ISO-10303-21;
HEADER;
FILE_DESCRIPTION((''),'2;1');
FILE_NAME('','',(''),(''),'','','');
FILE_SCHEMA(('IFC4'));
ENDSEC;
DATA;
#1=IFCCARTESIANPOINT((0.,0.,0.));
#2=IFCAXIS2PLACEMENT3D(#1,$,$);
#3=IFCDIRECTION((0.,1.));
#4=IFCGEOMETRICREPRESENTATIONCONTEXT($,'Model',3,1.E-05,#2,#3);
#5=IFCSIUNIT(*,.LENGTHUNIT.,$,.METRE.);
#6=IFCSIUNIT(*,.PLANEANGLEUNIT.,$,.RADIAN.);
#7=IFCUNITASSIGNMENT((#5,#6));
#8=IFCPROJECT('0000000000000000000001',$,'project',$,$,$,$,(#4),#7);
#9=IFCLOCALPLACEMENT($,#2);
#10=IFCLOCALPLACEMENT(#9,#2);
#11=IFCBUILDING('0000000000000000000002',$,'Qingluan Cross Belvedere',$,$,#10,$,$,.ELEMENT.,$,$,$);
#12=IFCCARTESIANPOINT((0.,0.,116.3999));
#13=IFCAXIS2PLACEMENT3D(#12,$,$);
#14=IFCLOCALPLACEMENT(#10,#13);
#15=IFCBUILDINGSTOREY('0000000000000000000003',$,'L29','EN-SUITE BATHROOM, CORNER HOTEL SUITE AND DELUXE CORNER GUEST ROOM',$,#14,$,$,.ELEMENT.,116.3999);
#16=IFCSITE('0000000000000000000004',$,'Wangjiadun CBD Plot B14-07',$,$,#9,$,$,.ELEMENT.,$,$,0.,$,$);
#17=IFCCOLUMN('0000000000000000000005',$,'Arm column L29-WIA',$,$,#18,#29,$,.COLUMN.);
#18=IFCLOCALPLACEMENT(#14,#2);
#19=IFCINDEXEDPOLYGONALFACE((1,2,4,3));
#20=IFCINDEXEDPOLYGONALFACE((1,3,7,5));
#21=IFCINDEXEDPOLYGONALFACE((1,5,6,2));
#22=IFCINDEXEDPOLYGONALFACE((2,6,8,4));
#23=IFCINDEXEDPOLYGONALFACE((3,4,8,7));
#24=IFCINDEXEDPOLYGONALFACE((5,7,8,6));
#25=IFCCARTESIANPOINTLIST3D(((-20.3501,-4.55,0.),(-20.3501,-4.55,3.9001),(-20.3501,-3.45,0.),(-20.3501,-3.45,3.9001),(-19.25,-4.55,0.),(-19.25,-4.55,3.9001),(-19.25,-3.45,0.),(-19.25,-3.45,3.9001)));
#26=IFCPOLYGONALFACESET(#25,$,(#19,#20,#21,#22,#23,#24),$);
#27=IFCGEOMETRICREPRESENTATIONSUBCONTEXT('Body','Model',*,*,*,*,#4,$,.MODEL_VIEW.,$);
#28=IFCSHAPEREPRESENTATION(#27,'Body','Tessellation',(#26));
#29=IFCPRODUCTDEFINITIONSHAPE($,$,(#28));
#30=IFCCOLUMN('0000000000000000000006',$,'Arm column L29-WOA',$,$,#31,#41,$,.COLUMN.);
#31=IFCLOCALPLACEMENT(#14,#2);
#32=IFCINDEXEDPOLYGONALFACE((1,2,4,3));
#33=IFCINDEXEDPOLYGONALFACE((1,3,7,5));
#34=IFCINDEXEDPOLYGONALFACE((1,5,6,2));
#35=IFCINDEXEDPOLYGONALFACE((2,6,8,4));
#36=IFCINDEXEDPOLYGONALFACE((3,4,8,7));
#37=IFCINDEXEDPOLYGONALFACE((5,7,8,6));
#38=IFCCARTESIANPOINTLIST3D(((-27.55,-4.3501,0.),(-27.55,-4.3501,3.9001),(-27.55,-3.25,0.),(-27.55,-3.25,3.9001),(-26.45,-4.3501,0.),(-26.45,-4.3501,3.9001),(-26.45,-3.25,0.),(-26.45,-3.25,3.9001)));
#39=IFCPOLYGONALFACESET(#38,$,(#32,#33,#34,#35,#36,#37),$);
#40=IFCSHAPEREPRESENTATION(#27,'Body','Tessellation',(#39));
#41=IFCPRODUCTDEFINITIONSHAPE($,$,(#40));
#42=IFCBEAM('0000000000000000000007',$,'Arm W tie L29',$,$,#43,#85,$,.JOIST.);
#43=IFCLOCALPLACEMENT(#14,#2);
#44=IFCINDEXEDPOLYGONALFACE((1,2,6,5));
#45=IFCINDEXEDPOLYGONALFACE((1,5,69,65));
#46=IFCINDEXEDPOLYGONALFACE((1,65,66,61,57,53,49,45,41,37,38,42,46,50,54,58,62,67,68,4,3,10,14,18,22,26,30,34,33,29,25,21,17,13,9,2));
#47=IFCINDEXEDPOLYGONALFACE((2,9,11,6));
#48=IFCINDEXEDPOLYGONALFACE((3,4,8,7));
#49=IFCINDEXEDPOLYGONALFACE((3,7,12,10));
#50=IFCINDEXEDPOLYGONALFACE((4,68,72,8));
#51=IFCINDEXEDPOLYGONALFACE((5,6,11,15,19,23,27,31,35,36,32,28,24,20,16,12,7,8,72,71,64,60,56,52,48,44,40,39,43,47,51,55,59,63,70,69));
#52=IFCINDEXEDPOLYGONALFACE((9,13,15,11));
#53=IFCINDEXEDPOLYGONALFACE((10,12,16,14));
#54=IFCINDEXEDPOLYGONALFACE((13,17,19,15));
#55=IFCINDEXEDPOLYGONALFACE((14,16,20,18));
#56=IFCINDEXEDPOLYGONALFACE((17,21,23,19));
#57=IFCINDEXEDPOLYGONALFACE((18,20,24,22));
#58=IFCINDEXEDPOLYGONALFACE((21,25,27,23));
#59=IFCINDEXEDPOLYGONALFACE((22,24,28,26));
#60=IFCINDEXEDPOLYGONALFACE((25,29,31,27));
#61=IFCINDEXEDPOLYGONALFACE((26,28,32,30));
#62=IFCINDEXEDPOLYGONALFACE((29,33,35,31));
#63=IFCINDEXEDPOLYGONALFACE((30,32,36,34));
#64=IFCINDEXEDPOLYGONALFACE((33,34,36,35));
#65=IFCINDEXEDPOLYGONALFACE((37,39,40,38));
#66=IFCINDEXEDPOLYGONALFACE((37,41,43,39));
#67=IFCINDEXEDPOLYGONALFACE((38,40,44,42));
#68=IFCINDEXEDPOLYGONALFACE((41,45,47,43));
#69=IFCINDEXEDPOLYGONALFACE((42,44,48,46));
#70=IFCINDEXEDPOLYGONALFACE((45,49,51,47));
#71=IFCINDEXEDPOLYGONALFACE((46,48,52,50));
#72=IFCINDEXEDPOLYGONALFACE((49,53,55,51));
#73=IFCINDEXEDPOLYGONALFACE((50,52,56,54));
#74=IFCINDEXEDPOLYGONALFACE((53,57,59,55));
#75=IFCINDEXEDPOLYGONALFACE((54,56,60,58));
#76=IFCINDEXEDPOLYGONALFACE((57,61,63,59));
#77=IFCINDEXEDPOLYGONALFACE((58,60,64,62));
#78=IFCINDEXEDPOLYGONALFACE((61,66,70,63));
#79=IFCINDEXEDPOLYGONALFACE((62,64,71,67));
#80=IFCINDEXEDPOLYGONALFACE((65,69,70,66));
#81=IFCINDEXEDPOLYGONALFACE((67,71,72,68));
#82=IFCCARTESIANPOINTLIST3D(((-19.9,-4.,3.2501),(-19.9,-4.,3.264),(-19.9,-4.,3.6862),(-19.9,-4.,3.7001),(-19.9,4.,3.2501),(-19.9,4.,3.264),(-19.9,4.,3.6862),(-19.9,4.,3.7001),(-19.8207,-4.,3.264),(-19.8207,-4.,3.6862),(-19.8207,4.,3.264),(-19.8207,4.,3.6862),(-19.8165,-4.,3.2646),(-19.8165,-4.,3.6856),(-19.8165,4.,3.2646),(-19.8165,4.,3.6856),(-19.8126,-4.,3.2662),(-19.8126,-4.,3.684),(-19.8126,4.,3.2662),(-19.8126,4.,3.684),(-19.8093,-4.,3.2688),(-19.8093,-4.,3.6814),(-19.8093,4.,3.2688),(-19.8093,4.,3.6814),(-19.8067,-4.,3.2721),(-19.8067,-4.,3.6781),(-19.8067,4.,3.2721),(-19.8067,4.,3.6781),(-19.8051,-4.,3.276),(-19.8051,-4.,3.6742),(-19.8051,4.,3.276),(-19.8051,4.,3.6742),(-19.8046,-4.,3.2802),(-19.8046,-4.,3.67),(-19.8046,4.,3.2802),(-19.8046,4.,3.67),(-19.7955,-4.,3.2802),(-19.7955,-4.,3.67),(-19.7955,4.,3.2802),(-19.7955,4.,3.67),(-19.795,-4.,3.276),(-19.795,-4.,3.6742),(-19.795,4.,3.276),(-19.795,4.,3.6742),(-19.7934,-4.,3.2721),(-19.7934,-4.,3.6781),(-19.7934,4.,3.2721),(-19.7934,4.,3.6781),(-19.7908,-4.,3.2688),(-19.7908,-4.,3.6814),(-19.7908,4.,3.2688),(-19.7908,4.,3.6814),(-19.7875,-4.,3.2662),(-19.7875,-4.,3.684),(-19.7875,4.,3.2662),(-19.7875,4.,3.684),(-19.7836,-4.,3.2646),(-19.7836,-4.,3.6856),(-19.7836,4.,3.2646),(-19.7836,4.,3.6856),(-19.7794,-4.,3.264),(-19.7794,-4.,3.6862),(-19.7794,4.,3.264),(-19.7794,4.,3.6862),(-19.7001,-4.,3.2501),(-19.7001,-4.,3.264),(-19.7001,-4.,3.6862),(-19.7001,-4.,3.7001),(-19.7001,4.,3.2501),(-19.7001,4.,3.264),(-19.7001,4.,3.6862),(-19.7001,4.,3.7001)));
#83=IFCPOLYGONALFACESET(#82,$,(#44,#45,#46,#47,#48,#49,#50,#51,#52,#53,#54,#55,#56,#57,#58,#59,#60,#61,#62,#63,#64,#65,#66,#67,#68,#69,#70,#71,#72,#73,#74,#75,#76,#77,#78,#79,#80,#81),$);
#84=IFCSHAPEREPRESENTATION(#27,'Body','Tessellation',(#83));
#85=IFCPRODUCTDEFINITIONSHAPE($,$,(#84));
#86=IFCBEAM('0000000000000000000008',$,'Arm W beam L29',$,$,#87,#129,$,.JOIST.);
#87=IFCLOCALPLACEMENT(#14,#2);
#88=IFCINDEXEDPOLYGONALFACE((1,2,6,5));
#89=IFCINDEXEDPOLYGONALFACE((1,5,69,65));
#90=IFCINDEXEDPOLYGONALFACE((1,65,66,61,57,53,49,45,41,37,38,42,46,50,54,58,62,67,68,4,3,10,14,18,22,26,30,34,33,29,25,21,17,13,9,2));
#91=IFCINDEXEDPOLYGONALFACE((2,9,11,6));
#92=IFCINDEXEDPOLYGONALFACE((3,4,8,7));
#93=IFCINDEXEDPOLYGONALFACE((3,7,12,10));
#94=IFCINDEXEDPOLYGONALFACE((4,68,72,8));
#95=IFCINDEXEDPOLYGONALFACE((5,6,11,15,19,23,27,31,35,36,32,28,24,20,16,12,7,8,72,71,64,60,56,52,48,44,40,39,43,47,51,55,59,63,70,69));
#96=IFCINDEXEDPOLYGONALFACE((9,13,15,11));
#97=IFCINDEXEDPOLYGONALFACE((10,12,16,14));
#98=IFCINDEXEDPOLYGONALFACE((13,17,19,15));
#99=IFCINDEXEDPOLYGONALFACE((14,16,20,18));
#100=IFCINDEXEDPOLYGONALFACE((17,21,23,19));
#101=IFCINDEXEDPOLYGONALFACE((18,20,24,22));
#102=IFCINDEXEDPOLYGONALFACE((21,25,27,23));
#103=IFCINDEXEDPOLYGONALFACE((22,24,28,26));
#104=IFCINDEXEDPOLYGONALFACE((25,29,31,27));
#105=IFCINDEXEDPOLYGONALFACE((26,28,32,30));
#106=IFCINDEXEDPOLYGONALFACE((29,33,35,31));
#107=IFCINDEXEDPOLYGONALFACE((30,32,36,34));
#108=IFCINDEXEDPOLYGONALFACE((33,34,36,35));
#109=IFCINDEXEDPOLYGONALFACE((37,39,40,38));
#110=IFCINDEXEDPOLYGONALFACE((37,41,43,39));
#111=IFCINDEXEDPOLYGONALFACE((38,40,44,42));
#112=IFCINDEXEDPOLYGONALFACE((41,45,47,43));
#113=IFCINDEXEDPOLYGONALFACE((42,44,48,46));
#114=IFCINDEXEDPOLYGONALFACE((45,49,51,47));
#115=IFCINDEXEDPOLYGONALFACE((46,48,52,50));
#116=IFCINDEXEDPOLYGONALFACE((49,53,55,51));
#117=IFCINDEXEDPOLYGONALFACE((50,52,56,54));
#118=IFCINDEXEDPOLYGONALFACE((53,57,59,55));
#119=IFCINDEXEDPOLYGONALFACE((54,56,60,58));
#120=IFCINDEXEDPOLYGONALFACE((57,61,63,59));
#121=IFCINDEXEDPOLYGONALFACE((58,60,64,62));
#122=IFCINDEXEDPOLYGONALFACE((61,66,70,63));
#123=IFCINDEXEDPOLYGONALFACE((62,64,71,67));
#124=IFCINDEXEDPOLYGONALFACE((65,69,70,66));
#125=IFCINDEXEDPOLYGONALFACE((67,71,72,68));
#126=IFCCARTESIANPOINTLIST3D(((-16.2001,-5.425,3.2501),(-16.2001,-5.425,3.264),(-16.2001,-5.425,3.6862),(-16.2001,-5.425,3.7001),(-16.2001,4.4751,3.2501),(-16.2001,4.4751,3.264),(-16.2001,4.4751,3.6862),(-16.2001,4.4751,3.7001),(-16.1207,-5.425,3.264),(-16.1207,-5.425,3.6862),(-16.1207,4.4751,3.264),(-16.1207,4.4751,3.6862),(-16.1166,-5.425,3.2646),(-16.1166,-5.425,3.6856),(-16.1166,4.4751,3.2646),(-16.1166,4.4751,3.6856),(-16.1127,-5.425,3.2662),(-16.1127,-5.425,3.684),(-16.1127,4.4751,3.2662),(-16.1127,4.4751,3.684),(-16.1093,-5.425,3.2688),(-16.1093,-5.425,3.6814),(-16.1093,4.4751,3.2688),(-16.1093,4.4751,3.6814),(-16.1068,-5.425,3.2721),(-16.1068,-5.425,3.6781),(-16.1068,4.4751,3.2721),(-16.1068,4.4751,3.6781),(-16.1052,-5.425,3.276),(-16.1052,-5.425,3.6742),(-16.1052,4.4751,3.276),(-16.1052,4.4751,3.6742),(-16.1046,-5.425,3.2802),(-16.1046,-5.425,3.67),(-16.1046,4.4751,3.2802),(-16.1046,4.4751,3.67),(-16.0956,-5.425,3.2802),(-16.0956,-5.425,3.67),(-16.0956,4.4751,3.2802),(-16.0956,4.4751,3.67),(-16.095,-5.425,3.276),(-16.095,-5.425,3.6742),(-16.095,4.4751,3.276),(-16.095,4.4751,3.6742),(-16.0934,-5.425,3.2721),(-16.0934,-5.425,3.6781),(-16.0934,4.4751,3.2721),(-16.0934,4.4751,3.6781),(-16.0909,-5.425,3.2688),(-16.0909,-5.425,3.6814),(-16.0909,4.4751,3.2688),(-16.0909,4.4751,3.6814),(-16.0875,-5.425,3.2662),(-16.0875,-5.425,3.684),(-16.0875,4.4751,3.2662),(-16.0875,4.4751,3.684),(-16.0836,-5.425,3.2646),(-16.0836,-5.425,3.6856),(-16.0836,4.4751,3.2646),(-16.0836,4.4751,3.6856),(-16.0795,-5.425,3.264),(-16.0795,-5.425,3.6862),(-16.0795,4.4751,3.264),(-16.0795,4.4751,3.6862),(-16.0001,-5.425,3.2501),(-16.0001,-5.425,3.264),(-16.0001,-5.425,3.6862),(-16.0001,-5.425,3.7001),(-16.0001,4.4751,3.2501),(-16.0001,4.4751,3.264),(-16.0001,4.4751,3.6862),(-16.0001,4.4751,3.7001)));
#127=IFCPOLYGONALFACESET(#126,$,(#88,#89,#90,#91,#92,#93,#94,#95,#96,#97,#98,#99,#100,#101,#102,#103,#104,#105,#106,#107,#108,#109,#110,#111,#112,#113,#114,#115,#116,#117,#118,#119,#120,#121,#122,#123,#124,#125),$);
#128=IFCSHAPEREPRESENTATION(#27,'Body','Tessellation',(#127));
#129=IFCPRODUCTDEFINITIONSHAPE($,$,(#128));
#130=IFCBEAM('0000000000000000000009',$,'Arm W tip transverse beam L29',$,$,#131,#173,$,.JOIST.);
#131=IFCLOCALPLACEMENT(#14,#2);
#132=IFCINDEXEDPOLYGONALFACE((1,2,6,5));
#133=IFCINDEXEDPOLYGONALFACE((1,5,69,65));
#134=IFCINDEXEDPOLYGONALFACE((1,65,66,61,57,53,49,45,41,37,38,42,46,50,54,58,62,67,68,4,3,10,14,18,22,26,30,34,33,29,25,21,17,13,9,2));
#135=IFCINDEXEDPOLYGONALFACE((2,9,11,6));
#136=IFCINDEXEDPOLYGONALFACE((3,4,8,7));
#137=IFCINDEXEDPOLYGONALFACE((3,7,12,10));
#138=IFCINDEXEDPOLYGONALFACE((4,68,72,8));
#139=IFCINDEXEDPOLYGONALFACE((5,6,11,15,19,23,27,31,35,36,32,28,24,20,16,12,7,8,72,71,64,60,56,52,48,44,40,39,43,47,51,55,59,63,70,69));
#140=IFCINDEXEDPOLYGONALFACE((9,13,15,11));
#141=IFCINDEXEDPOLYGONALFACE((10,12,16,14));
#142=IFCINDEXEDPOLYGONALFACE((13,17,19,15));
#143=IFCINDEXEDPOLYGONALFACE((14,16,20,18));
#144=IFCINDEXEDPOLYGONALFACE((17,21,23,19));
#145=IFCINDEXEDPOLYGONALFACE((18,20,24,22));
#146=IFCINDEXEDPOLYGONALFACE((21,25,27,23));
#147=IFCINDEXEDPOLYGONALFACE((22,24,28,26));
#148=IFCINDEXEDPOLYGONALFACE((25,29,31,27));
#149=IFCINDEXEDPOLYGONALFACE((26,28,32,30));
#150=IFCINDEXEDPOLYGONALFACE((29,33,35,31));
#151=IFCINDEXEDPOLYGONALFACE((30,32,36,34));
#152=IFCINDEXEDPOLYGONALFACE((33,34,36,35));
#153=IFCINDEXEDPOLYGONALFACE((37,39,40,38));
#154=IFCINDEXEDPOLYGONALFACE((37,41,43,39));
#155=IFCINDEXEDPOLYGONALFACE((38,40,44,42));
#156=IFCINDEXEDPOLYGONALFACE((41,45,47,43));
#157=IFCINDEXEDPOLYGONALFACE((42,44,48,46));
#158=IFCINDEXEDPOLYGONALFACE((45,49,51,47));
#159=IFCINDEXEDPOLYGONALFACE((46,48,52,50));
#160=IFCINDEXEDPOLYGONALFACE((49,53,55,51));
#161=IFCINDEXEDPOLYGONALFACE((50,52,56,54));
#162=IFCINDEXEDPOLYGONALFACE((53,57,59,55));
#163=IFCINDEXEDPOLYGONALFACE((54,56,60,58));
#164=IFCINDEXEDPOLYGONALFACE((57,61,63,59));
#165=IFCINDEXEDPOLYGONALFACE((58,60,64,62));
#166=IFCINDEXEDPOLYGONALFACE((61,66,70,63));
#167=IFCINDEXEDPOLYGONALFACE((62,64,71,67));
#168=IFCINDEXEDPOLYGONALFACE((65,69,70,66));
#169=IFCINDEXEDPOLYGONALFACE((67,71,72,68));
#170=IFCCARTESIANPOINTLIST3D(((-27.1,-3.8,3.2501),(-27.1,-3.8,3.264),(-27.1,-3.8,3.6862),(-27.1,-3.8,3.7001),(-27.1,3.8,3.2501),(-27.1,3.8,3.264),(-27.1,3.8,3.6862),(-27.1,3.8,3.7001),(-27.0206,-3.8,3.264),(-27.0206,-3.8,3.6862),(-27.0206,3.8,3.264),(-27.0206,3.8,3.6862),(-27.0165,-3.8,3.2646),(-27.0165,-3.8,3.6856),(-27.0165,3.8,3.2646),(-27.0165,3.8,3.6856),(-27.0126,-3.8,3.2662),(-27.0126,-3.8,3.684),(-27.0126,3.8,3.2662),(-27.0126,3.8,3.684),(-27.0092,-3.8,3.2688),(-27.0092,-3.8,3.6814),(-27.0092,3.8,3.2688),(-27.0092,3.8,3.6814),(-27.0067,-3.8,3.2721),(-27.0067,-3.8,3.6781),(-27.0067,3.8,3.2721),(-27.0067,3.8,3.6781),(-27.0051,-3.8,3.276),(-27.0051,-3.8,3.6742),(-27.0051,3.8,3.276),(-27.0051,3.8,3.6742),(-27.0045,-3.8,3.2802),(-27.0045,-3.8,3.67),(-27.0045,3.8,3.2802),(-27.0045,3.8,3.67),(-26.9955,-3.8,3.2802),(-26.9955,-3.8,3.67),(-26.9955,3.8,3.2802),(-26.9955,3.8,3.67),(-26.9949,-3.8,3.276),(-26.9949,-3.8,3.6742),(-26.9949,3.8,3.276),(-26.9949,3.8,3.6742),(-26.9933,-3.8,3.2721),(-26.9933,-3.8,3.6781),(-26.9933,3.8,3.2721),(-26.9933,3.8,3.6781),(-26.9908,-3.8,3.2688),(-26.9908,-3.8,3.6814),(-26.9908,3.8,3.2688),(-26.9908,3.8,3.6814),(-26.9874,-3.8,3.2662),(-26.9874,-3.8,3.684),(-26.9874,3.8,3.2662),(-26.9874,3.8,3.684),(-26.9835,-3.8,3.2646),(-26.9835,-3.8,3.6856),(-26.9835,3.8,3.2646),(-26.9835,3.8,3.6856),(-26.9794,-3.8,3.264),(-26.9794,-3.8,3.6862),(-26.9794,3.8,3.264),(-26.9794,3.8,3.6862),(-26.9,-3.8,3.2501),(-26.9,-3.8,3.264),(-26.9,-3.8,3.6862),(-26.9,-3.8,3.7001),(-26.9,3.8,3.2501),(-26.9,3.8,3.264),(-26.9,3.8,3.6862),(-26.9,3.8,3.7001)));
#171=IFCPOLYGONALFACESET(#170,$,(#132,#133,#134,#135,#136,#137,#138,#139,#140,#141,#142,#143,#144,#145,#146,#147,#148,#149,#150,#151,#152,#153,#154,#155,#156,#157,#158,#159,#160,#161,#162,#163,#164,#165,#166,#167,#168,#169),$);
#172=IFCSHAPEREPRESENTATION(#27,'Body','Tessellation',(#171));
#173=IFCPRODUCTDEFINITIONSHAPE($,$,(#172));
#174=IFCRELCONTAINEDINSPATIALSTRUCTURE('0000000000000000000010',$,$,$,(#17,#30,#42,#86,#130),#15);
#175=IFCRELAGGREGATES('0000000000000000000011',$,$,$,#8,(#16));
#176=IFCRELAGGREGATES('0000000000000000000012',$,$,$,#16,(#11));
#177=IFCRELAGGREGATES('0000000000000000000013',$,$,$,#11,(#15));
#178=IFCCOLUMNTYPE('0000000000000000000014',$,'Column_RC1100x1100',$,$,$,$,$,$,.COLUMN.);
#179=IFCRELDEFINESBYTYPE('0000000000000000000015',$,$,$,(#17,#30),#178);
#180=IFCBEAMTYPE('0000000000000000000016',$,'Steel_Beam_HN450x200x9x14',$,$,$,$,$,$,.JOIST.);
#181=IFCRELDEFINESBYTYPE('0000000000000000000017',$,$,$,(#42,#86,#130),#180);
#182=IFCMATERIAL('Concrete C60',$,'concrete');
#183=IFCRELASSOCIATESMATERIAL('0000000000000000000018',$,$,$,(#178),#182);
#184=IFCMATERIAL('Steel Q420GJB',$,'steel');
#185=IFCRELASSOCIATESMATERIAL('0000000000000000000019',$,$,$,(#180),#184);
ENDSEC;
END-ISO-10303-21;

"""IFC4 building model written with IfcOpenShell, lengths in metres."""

from ifc_helpers import new_model, si_unit, direction, frame, origin, origin_2d, place, context, subcontext, project, spatial, rectangle, i_section, extrude, material, material_profile, profile_set, type_object, element, save


model = new_model("IFC4")

# Units and contexts
model_context = context("Model", 3, precision=1e-05, world=origin(), true_north=direction((0.0, 1.0)))
body_context = subcontext(model_context, "Body", "Model", "MODEL_VIEW")
ifc_project = project(units=[si_unit("LENGTHUNIT", "METRE"), si_unit("PLANEANGLEUNIT", "RADIAN")], contexts=[model_context])

# Site, building, storey
site_placement = place(None, origin())
site = spatial("IfcSite", under=ifc_project, at=site_placement, Name="Wangjiadun CBD Plot B14-07", CompositionType="ELEMENT", RefElevation=0.0)
building_placement = place(site_placement, origin())
building = spatial("IfcBuilding", under=site, at=building_placement, Name="Qingluan Cross Belvedere", CompositionType="ELEMENT")
storey_placement = place(building_placement, frame((0.0, 0.0, 116.3999)))
storey = spatial("IfcBuildingStorey", under=building, at=storey_placement, Name="L29", Description="EN-SUITE BATHROOM, CORNER HOTEL SUITE AND DELUXE CORNER GUEST ROOM", CompositionType="ELEMENT", Elevation=116.3999)

# Columns
ifc_material_1 = material(Name="Concrete C60", Category="concrete")
ifc_material_profile_1 = material_profile(ifc_material_1, rectangle(XDim=1.1001, YDim=1.1001, at=origin_2d()), Name="RC1100x1100")
ifc_profile_set_1 = profile_set([ifc_material_profile_1], Name="Concrete C60")
column_type = type_object("IfcColumnType", Name="Column_RC1100x1100", PredefinedType="COLUMN", material=ifc_profile_set_1)
for number, where, z_axis, x_axis, name in (
    (1, (-19.8, -4.0, 0.0), (0.0, 0.0, 1.0), (1.0, 0.0, 0.0), "Arm column L29-WIA"),
    (2, (-27.0, -3.8, 0.0), (0.0, 0.0, 1.0), (1.0, 0.0, 0.0), "Arm column L29-WOA"),
):
    element("IfcColumn", number, at=place(storey_placement, frame(where, z_axis=z_axis, x_axis=x_axis)), inside=storey, type_object=column_type, Name=name, PredefinedType="COLUMN", context=body_context, shape_type="SweptSolid", body=[
        extrude(rectangle(XDim=1.1001, YDim=1.1001, at=origin_2d()), origin(), (0.0, 0.0, 1.0), 3.9001),
    ])

# Beams
ifc_material_2 = material(Name="Steel Q420GJB", Category="steel")
ifc_material_profile_2 = material_profile(ifc_material_2, i_section(OverallWidth=0.2, OverallDepth=0.45, WebThickness=0.009, FlangeThickness=0.0139, FilletRadius=0.0161, at=origin_2d()), Name="HN450x200x9x14")
ifc_profile_set_2 = profile_set([ifc_material_profile_2], Name="Steel Q420GJB")
beam_type_1 = type_object("IfcBeamType", Name="Steel_Beam_HN450x200x9x14", PredefinedType="JOIST", material=ifc_profile_set_2)
beam_1_placement = place(storey_placement, frame((-19.8, -4.0, 3.4751), z_axis=(0.0, 1.0, 0.0), x_axis=(-1.0, 0.0, 0.0)))
element("IfcBeam", 3, at=beam_1_placement, inside=storey, type_object=beam_type_1, Name="Arm W tie L29", PredefinedType="JOIST", context=body_context, shape_type="SweptSolid", body=[
    extrude(i_section(OverallWidth=0.2, OverallDepth=0.45, WebThickness=0.009, FlangeThickness=0.0139, FilletRadius=0.0161, at=origin_2d()), origin(), (0.0, 0.0, 1.0), 8.0),
])
beam_2_placement = place(storey_placement, frame((-16.1001, -5.425, 3.4751), z_axis=(0.0, 1.0, 0.0), x_axis=(-1.0, 0.0, 0.0)))
element("IfcBeam", 4, at=beam_2_placement, inside=storey, type_object=beam_type_1, Name="Arm W beam L29", PredefinedType="JOIST", context=body_context, shape_type="SweptSolid", body=[
    extrude(i_section(OverallWidth=0.2, OverallDepth=0.45, WebThickness=0.009, FlangeThickness=0.0139, FilletRadius=0.0161, at=origin_2d()), origin(), (0.0, 0.0, 1.0), 9.9001),
])
beam_3_placement = place(storey_placement, frame((-27.0, -3.8, 3.4751), z_axis=(0.0, 1.0, 0.0), x_axis=(-1.0, 0.0, 0.0)))
element("IfcBeam", 5, at=beam_3_placement, inside=storey, type_object=beam_type_1, Name="Arm W tip transverse beam L29", PredefinedType="JOIST", context=body_context, shape_type="SweptSolid", body=[
    extrude(i_section(OverallWidth=0.2, OverallDepth=0.45, WebThickness=0.009, FlangeThickness=0.0139, FilletRadius=0.0161, at=origin_2d()), origin(), (0.0, 0.0, 1.0), 7.6001),
])

save(model, "model.ifc")
